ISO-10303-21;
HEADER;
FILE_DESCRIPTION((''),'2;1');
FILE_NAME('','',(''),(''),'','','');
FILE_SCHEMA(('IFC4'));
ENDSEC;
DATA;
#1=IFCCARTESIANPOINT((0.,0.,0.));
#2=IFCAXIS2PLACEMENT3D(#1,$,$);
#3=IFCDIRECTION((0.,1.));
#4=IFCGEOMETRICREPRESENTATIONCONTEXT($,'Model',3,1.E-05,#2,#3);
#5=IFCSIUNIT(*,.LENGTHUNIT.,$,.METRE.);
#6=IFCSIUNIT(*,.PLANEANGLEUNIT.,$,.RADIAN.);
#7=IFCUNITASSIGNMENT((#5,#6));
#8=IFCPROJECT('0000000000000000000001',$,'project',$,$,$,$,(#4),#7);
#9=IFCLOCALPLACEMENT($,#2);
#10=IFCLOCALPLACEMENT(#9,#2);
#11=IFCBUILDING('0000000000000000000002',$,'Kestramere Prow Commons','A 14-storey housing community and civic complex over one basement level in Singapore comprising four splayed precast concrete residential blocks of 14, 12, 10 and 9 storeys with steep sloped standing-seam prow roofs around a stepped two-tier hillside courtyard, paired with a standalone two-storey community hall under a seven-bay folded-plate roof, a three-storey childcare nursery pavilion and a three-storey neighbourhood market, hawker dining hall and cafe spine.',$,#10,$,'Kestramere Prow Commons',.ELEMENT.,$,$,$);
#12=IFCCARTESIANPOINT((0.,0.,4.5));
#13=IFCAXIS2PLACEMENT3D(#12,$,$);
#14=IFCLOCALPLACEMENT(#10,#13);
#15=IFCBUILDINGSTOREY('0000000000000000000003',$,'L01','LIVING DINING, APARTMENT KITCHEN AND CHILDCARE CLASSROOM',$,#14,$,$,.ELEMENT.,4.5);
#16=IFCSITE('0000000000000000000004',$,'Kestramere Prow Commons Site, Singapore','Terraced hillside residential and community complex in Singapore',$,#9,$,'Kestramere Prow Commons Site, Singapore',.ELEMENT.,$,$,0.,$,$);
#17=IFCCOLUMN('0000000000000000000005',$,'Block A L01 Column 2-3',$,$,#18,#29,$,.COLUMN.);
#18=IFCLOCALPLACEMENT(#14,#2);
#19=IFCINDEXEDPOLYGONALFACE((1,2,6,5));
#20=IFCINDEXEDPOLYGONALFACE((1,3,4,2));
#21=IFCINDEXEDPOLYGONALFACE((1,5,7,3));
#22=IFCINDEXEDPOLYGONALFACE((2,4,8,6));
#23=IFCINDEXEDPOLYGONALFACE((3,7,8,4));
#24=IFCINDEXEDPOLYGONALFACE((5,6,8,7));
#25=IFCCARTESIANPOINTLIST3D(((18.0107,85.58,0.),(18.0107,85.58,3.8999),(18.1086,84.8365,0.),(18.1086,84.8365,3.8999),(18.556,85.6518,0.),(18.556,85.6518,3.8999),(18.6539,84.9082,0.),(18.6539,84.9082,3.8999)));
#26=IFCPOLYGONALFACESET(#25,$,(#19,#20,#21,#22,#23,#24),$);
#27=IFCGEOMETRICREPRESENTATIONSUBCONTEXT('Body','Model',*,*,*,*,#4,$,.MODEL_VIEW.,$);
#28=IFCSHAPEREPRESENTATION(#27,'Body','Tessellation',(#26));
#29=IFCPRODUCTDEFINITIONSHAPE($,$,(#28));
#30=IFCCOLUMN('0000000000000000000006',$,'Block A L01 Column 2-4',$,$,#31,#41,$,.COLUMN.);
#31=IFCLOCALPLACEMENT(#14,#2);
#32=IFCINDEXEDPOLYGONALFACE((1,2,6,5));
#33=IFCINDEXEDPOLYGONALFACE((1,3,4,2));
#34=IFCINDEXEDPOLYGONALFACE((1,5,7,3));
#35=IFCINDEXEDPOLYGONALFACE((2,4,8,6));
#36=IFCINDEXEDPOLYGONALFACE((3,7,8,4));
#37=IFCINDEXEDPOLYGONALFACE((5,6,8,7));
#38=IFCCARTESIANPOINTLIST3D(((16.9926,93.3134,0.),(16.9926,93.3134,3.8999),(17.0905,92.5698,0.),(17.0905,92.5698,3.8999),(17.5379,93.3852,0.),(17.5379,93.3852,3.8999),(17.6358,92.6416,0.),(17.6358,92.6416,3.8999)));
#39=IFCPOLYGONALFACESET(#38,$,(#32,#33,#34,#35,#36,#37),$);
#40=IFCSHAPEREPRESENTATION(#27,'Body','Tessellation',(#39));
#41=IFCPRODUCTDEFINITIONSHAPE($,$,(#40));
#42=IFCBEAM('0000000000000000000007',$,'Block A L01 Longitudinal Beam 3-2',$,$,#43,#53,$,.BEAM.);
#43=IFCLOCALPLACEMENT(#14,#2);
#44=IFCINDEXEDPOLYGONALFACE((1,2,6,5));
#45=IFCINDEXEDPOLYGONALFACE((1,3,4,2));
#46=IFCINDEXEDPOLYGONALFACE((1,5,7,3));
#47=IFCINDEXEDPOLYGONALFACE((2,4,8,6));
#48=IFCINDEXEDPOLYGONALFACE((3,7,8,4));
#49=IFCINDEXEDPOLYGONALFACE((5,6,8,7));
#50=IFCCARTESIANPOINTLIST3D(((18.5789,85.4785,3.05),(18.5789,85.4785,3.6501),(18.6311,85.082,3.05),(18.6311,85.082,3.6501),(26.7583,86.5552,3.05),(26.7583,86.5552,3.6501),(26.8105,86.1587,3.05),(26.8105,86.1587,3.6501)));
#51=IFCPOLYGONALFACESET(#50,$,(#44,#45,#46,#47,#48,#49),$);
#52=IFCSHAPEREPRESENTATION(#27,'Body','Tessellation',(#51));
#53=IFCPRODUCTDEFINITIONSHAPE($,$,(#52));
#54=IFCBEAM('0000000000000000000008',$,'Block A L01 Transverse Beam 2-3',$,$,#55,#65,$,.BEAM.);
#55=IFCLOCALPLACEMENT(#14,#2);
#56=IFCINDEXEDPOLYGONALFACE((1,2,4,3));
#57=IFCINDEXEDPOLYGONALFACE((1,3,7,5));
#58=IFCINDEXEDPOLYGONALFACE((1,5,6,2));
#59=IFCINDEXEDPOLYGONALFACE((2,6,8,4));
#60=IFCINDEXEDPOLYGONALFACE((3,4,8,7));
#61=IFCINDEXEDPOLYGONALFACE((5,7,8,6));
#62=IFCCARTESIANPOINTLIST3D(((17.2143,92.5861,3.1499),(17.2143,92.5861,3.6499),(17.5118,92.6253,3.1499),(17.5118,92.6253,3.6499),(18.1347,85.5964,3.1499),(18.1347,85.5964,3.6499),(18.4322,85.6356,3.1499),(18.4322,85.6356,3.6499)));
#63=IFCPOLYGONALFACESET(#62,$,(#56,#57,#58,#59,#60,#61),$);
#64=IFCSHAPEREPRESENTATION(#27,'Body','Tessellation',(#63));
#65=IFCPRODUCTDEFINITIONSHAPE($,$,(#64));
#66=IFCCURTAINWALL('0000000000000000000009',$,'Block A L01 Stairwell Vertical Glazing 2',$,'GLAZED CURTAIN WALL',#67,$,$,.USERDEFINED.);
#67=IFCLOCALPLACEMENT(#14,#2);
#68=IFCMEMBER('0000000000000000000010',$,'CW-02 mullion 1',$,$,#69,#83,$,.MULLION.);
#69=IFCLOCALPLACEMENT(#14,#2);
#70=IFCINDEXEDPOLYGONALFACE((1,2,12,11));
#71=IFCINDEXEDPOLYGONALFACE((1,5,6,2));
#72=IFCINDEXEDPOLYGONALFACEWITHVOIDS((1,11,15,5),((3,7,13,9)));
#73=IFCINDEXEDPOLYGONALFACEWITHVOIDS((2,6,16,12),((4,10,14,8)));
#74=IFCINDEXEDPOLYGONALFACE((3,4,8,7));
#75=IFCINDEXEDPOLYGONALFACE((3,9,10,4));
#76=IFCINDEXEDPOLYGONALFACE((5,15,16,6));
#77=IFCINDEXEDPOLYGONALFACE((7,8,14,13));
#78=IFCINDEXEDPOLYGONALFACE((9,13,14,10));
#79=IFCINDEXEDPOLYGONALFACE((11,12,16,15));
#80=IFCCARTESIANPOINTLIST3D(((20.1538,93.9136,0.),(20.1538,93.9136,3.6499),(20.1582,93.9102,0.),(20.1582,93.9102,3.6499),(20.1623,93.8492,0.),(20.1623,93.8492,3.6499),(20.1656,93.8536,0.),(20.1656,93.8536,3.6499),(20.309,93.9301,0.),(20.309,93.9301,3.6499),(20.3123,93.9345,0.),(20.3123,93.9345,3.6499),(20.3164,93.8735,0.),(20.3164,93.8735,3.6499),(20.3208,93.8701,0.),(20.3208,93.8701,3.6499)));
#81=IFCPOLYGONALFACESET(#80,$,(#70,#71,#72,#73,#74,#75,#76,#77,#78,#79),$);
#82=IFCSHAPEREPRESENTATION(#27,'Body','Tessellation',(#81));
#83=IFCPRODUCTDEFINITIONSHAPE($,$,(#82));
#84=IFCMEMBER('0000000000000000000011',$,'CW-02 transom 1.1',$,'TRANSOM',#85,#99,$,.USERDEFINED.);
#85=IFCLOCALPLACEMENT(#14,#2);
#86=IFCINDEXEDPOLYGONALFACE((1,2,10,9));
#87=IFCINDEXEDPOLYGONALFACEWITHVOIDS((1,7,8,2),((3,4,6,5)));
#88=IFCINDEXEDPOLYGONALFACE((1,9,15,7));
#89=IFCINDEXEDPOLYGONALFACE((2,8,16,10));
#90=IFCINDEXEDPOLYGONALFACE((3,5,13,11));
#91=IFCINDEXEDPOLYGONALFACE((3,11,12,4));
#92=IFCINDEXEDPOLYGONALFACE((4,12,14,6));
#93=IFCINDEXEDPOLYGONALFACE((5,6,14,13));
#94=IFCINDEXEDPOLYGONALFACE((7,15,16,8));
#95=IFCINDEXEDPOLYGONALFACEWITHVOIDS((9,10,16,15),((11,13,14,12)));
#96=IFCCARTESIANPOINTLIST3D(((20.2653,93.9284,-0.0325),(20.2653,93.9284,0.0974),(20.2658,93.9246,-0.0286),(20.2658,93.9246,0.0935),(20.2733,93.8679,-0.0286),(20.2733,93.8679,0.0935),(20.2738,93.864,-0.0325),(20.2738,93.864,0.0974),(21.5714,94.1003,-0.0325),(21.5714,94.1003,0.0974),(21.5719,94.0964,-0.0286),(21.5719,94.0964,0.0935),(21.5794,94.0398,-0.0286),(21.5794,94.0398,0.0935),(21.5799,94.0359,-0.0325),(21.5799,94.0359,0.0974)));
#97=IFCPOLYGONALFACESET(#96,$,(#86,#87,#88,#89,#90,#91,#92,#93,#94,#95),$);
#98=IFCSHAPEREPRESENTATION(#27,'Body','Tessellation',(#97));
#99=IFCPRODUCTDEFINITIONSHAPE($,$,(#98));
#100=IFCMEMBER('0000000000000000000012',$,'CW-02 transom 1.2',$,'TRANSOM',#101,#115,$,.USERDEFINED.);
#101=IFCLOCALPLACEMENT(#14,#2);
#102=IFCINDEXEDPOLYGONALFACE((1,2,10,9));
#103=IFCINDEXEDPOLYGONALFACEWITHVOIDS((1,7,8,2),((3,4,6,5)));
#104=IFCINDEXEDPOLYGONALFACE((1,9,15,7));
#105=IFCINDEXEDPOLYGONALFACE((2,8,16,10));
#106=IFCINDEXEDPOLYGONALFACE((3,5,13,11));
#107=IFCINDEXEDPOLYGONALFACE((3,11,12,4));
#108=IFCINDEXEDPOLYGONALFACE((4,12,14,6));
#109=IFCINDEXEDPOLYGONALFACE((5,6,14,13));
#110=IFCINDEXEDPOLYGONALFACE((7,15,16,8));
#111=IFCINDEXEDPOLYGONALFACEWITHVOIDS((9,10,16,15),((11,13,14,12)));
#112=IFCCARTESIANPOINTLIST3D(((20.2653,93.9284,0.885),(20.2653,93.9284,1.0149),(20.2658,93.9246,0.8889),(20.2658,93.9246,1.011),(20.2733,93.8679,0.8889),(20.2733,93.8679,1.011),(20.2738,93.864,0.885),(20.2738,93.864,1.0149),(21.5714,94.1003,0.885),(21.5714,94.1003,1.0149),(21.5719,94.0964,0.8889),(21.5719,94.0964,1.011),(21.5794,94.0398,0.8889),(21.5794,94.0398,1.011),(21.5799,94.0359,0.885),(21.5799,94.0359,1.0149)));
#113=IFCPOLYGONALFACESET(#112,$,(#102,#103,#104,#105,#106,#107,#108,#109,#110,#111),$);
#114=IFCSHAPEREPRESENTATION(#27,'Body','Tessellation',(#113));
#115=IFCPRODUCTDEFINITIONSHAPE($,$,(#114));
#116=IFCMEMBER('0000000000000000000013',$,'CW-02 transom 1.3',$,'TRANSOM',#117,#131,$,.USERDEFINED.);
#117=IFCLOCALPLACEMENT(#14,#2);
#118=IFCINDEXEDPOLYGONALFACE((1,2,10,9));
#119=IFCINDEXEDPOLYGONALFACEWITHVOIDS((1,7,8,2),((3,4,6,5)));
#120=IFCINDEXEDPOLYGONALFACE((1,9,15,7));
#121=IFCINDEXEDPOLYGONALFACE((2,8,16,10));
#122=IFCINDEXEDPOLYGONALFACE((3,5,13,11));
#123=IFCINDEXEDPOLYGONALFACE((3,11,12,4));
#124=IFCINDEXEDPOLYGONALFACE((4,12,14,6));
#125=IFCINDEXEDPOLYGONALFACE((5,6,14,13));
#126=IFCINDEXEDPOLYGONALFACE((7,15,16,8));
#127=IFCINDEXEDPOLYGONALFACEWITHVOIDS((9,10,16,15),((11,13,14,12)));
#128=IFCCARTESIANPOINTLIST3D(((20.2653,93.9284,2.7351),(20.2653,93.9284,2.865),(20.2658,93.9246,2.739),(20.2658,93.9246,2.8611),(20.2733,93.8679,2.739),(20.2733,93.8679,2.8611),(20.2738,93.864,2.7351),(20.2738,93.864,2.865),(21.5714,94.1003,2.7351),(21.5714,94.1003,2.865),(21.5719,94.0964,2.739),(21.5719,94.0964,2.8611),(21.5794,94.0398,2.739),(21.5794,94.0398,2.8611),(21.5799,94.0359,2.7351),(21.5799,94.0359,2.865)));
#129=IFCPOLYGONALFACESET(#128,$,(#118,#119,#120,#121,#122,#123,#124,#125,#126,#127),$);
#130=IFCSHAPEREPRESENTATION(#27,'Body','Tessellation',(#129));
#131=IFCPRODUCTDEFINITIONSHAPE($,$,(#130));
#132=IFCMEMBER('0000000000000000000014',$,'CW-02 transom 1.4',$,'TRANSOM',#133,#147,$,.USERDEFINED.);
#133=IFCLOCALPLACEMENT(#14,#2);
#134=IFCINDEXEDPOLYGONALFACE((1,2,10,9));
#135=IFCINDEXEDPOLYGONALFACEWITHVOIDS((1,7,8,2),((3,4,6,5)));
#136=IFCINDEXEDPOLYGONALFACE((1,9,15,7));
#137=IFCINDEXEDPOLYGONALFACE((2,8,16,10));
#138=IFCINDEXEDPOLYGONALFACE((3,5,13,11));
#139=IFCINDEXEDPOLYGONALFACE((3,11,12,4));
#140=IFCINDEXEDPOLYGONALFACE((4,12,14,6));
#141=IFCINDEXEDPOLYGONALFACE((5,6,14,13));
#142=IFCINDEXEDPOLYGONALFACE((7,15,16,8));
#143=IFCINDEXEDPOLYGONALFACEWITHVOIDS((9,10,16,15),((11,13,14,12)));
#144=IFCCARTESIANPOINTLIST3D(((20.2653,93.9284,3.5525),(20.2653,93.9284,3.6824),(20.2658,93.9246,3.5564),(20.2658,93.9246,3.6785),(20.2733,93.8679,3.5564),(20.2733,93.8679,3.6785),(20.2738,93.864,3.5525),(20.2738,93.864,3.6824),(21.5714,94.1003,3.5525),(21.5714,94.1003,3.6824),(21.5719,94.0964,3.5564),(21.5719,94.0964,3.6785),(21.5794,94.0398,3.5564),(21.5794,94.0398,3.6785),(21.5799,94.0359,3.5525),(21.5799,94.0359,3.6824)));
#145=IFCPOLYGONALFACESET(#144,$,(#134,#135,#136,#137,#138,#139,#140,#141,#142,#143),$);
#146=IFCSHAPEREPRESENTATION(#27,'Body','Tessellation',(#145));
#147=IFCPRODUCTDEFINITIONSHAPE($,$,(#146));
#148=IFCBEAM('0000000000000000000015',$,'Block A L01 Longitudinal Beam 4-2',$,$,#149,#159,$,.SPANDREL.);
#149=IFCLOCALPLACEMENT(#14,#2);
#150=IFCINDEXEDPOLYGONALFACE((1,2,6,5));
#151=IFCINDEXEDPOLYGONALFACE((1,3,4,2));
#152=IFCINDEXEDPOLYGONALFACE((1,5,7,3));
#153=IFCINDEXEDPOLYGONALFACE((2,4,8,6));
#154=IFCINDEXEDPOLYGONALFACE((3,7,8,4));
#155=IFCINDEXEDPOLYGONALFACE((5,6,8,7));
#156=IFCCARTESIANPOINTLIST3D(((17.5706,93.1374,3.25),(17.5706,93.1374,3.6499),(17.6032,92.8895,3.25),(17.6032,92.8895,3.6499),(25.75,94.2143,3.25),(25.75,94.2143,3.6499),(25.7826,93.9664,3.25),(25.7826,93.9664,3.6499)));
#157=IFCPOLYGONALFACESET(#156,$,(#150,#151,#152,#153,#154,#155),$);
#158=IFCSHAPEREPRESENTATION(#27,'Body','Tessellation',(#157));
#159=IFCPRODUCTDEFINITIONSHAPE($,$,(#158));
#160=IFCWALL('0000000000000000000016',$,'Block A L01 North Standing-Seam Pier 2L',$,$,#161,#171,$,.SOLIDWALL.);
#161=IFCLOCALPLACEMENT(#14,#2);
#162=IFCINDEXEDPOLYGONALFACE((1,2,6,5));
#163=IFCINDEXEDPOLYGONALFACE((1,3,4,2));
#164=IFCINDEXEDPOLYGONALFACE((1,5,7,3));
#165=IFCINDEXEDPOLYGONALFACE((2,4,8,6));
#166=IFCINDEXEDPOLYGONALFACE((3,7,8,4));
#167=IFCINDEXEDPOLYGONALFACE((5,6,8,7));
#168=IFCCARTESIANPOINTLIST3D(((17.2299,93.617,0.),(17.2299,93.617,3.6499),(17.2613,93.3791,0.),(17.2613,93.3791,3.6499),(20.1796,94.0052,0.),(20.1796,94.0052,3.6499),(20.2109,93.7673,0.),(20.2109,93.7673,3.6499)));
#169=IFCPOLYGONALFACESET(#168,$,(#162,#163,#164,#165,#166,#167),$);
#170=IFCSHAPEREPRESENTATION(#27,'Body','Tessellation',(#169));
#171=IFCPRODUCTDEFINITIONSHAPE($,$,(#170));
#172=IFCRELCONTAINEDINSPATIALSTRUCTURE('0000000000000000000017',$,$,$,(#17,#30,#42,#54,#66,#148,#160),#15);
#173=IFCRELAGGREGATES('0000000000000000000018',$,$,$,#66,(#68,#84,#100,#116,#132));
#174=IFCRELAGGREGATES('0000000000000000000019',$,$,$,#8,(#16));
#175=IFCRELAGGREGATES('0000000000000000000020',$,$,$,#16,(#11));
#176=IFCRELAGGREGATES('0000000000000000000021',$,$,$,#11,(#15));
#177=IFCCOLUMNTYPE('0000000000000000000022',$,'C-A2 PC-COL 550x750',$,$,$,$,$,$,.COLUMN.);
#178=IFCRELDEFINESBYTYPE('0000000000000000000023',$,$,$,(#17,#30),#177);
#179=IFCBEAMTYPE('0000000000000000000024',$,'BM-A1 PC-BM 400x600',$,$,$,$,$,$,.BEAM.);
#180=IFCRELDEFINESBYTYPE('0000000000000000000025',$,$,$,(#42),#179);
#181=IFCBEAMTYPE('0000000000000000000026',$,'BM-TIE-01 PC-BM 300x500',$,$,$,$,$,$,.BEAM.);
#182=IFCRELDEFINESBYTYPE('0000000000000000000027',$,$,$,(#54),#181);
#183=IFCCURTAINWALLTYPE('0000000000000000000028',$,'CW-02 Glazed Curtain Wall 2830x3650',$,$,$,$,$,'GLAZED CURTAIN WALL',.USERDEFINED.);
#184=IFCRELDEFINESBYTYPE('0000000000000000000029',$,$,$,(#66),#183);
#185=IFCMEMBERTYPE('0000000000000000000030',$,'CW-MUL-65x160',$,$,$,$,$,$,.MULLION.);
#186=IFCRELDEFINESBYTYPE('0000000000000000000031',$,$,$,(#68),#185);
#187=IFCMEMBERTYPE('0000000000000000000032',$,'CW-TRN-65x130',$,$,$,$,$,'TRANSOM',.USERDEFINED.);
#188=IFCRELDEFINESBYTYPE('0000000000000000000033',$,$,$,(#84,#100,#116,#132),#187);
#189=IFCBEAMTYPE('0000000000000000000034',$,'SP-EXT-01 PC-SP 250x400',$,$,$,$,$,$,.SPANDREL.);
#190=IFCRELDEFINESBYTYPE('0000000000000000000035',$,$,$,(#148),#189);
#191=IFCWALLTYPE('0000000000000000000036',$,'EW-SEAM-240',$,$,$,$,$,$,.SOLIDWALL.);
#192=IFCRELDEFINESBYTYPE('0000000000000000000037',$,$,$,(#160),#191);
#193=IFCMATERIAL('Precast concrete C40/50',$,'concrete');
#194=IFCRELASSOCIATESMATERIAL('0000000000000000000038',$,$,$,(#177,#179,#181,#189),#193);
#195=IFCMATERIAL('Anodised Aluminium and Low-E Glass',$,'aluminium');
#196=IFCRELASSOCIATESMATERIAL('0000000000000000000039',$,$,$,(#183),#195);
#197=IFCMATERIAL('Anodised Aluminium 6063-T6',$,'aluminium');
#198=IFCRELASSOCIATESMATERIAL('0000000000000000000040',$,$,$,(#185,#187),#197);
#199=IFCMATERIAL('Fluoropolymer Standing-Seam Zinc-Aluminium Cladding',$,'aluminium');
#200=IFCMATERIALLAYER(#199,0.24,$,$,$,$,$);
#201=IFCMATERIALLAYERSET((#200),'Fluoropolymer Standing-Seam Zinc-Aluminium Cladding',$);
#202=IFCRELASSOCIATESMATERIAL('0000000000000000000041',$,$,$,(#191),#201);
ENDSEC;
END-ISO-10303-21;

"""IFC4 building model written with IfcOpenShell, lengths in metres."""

from ifc_helpers import new_model, si_unit, direction, frame, frame_2d, origin, origin_2d, place, context, subcontext, project, spatial, rectangle, hollow_rectangle, extrude, material, layer, layer_set, material_profile, profile_set, type_object, element, aggregate, save


model = new_model("IFC4")

# Units and contexts
model_context = context("Model", 3, precision=1e-05, world=origin(), true_north=direction((0.0, 1.0)))
body_context = subcontext(model_context, "Body", "Model", "MODEL_VIEW")
ifc_project = project(units=[si_unit("LENGTHUNIT", "METRE"), si_unit("PLANEANGLEUNIT", "RADIAN")], contexts=[model_context])

# Site, building, storey
site_placement = place(None, origin())
site = spatial("IfcSite", under=ifc_project, at=site_placement, Name="Kestramere Prow Commons Site, Singapore", Description="Terraced hillside residential and community complex in Singapore", LongName="Kestramere Prow Commons Site, Singapore", CompositionType="ELEMENT", RefElevation=0.0)
building_placement = place(site_placement, origin())
building = spatial("IfcBuilding", under=site, at=building_placement, Name="Kestramere Prow Commons", Description="A 14-storey housing community and civic complex over one basement level in Singapore comprising four splayed precast concrete residential blocks of 14, 12, 10 and 9 storeys with steep sloped standing-seam prow roofs around a stepped two-tier hillside courtyard, paired with a standalone two-storey community hall under a seven-bay folded-plate roof, a three-storey childcare nursery pavilion and a three-storey neighbourhood market, hawker dining hall and cafe spine.", LongName="Kestramere Prow Commons", CompositionType="ELEMENT")
storey_placement = place(building_placement, frame((0.0, 0.0, 4.5)))
storey = spatial("IfcBuildingStorey", under=building, at=storey_placement, Name="L01", Description="LIVING DINING, APARTMENT KITCHEN AND CHILDCARE CLASSROOM", CompositionType="ELEMENT", Elevation=4.5)

# Columns
ifc_material_1 = material(Name="Precast concrete C40/50", Category="concrete")
ifc_material_profile_1 = material_profile(ifc_material_1, rectangle(XDim=0.55, YDim=0.75, at=origin_2d()), Name="PC-COL 550x750")
ifc_profile_set_1 = profile_set([ifc_material_profile_1], Name="Precast concrete C40/50")
column_type = type_object("IfcColumnType", Name="C-A2 PC-COL 550x750", PredefinedType="COLUMN", material=ifc_profile_set_1)
for number, where, z_axis, x_axis, name in (
    (1, (18.3323, 85.2441, 0.0), (0.0, 0.0, 1.0), (0.991445, 0.130526, 0.0), "Block A L01 Column 2-3"),
    (2, (17.3142, 92.9775, 0.0), (0.0, 0.0, 1.0), (0.991445, 0.130526, 0.0), "Block A L01 Column 2-4"),
):
    element("IfcColumn", number, at=place(storey_placement, frame(where, z_axis=z_axis, x_axis=x_axis)), inside=storey, type_object=column_type, Name=name, PredefinedType="COLUMN", context=body_context, shape_type="SweptSolid", body=[
        extrude(rectangle(XDim=0.55, YDim=0.75, at=origin_2d()), origin(), (0.0, 0.0, 1.0), 3.8999),
    ])

# Beams
ifc_material_profile_2 = material_profile(ifc_material_1, rectangle(XDim=0.3999, YDim=0.6001, at=origin_2d()), Name="PC-BM 400x600")
ifc_profile_set_2 = profile_set([ifc_material_profile_2], Name="Precast concrete C40/50")
beam_type_1 = type_object("IfcBeamType", Name="BM-A1 PC-BM 400x600", PredefinedType="BEAM", material=ifc_profile_set_2)
beam_1_placement = place(storey_placement, frame((18.605, 85.2803, 3.3501), z_axis=(0.991448, 0.130504, 0.0), x_axis=(-0.130504, 0.991448, 0.0)))
element("IfcBeam", 3, at=beam_1_placement, inside=storey, type_object=beam_type_1, Name="Block A L01 Longitudinal Beam 3-2", PredefinedType="BEAM", context=body_context, shape_type="SweptSolid", body=[
    extrude(rectangle(XDim=0.3999, YDim=0.6001, at=origin_2d()), origin(), (0.0, 0.0, 1.0), 8.25),
])
ifc_material_profile_3 = material_profile(ifc_material_1, rectangle(XDim=0.3, YDim=0.5, at=origin_2d()), Name="PC-BM 300x500")
ifc_profile_set_3 = profile_set([ifc_material_profile_3], Name="Precast concrete C40/50")
beam_type_2 = type_object("IfcBeamType", Name="BM-TIE-01 PC-BM 300x500", PredefinedType="BEAM", material=ifc_profile_set_3)
beam_2_placement = place(storey_placement, frame((18.2834, 85.616, 3.3999), z_axis=(-0.130553, 0.991441, 0.0), x_axis=(-0.991441, -0.130553, 0.0)))
element("IfcBeam", 4, at=beam_2_placement, inside=storey, type_object=beam_type_2, Name="Block A L01 Transverse Beam 2-3", PredefinedType="BEAM", context=body_context, shape_type="SweptSolid", body=[
    extrude(rectangle(XDim=0.3, YDim=0.5, at=origin_2d()), origin(), (0.0, 0.0, 1.0), 7.05),
])

# Curtain wall, members
ifc_material_2 = material(Name="Anodised Aluminium and Low-E Glass", Category="aluminium")
curtain_wall_type = type_object("IfcCurtainWallType", Name="CW-02 Glazed Curtain Wall 2830x3650", ElementType="GLAZED CURTAIN WALL", PredefinedType="USERDEFINED", material=ifc_material_2)
curtain_wall_placement = place(storey_placement, origin())
curtain_wall = element("IfcCurtainWall", 5, at=curtain_wall_placement, inside=storey, type_object=curtain_wall_type, Name="Block A L01 Stairwell Vertical Glazing 2", ObjectType="GLAZED CURTAIN WALL", PredefinedType="USERDEFINED")
ifc_material_3 = material(Name="Anodised Aluminium 6063-T6", Category="aluminium")
ifc_material_profile_4 = material_profile(ifc_material_3, hollow_rectangle(XDim=0.0649, YDim=0.1599, WallThickness=0.0039, at=origin_2d()), Name="ALU-MUL 65x160")
ifc_profile_set_4 = profile_set([ifc_material_profile_4], Name="Anodised Aluminium 6063-T6")
member_type_1 = type_object("IfcMemberType", Name="CW-MUL-65x160", PredefinedType="MULLION", material=ifc_profile_set_4)
member_1_placement = place(storey_placement, frame((20.2373, 93.8918, 0.0), z_axis=(0.0, 0.0, 1.0), x_axis=(-0.130526, 0.991445, 0.0)))
member_1 = element("IfcMember", 6, at=member_1_placement, type_object=member_type_1, Name="CW-02 mullion 1", PredefinedType="MULLION", context=body_context, shape_type="SweptSolid", body=[
    extrude(hollow_rectangle(XDim=0.0649, YDim=0.1599, WallThickness=0.0039, at=origin_2d()), origin(), (0.0, 0.0, 1.0), 3.6499),
])
ifc_material_profile_5 = material_profile(ifc_material_3, hollow_rectangle(XDim=0.0649, YDim=0.1299, WallThickness=0.0039, at=origin_2d()), Name="ALU-TRN 65x130")
ifc_profile_set_5 = profile_set([ifc_material_profile_5], Name="Anodised Aluminium 6063-T6")
member_type_2 = type_object("IfcMemberType", Name="CW-TRN-65x130", ElementType="TRANSOM", PredefinedType="USERDEFINED", material=ifc_profile_set_5)
member_2_placement = place(storey_placement, frame((20.2695, 93.8962, 0.0325), z_axis=(0.991453, 0.130464, 0.0), x_axis=(-0.130464, 0.991453, 0.0)))
member_2 = element("IfcMember", 7, at=member_2_placement, type_object=member_type_2, Name="CW-02 transom 1.1", ObjectType="TRANSOM", PredefinedType="USERDEFINED", context=body_context, shape_type="SweptSolid", body=[
    extrude(hollow_rectangle(XDim=0.0649, YDim=0.1299, WallThickness=0.0039, at=origin_2d()), origin(), (0.0, 0.0, 1.0), 1.3174),
])
member_3_placement = place(storey_placement, frame((20.2695, 93.8962, 0.95), z_axis=(0.991453, 0.130464, 0.0), x_axis=(-0.130464, 0.991453, 0.0)))
member_3 = element("IfcMember", 8, at=member_3_placement, type_object=member_type_2, Name="CW-02 transom 1.2", ObjectType="TRANSOM", PredefinedType="USERDEFINED", context=body_context, shape_type="SweptSolid", body=[
    extrude(hollow_rectangle(XDim=0.0649, YDim=0.1299, WallThickness=0.0039, at=origin_2d()), origin(), (0.0, 0.0, 1.0), 1.3174),
])
member_4_placement = place(storey_placement, frame((20.2695, 93.8962, 2.8), z_axis=(0.991453, 0.130464, 0.0), x_axis=(-0.130464, 0.991453, 0.0)))
member_4 = element("IfcMember", 9, at=member_4_placement, type_object=member_type_2, Name="CW-02 transom 1.3", ObjectType="TRANSOM", PredefinedType="USERDEFINED", context=body_context, shape_type="SweptSolid", body=[
    extrude(hollow_rectangle(XDim=0.0649, YDim=0.1299, WallThickness=0.0039, at=origin_2d()), origin(), (0.0, 0.0, 1.0), 1.3174),
])
member_5_placement = place(storey_placement, frame((20.2695, 93.8962, 3.6174), z_axis=(0.991453, 0.130464, 0.0), x_axis=(-0.130464, 0.991453, 0.0)))
member_5 = element("IfcMember", 10, at=member_5_placement, type_object=member_type_2, Name="CW-02 transom 1.4", ObjectType="TRANSOM", PredefinedType="USERDEFINED", context=body_context, shape_type="SweptSolid", body=[
    extrude(hollow_rectangle(XDim=0.0649, YDim=0.1299, WallThickness=0.0039, at=origin_2d()), origin(), (0.0, 0.0, 1.0), 1.3174),
])
aggregate(curtain_wall, [member_1, member_2, member_3, member_4, member_5])

# Beam
ifc_material_profile_6 = material_profile(ifc_material_1, rectangle(XDim=0.25, YDim=0.3999, at=origin_2d()), Name="PC-SP 250x400")
ifc_profile_set_6 = profile_set([ifc_material_profile_6], Name="Precast concrete C40/50")
beam_type_3 = type_object("IfcBeamType", Name="SP-EXT-01 PC-SP 250x400", PredefinedType="SPANDREL", material=ifc_profile_set_6)
beam_3_placement = place(storey_placement, frame((17.5869, 93.0134, 3.45), z_axis=(0.991444, 0.130533, 0.0), x_axis=(-0.130533, 0.991444, 0.0)))
element("IfcBeam", 11, at=beam_3_placement, inside=storey, type_object=beam_type_3, Name="Block A L01 Longitudinal Beam 4-2", PredefinedType="SPANDREL", context=body_context, shape_type="SweptSolid", body=[
    extrude(rectangle(XDim=0.25, YDim=0.3999, at=origin_2d()), origin(), (0.0, 0.0, 1.0), 8.25),
])

# Wall
ifc_material_4 = material(Name="Fluoropolymer Standing-Seam Zinc-Aluminium Cladding", Category="aluminium")
ifc_layer_1 = layer(ifc_material_4, 0.24)
ifc_layer_set_1 = layer_set([ifc_layer_1], Name="Fluoropolymer Standing-Seam Zinc-Aluminium Cladding")
wall_type_1 = type_object("IfcWallType", Name="EW-SEAM-240", PredefinedType="SOLIDWALL", material=ifc_layer_set_1)
wall_1_placement = place(storey_placement, frame((17.2456, 93.498, 0.0), z_axis=(0.0, 0.0, 1.0), x_axis=(0.991452, 0.130476, 0.0)))
element("IfcWall", 12, at=wall_1_placement, inside=storey, type_object=wall_type_1, Name="Block A L01 North Standing-Seam Pier 2L", PredefinedType="SOLIDWALL", context=body_context, shape_type="SweptSolid", body=[
    extrude(rectangle(XDim=2.9751, YDim=0.24, at=frame_2d((1.4875, 0.0))), origin(), (0.0, 0.0, 1.0), 3.6499),
])

save(model, "model.ifc")
